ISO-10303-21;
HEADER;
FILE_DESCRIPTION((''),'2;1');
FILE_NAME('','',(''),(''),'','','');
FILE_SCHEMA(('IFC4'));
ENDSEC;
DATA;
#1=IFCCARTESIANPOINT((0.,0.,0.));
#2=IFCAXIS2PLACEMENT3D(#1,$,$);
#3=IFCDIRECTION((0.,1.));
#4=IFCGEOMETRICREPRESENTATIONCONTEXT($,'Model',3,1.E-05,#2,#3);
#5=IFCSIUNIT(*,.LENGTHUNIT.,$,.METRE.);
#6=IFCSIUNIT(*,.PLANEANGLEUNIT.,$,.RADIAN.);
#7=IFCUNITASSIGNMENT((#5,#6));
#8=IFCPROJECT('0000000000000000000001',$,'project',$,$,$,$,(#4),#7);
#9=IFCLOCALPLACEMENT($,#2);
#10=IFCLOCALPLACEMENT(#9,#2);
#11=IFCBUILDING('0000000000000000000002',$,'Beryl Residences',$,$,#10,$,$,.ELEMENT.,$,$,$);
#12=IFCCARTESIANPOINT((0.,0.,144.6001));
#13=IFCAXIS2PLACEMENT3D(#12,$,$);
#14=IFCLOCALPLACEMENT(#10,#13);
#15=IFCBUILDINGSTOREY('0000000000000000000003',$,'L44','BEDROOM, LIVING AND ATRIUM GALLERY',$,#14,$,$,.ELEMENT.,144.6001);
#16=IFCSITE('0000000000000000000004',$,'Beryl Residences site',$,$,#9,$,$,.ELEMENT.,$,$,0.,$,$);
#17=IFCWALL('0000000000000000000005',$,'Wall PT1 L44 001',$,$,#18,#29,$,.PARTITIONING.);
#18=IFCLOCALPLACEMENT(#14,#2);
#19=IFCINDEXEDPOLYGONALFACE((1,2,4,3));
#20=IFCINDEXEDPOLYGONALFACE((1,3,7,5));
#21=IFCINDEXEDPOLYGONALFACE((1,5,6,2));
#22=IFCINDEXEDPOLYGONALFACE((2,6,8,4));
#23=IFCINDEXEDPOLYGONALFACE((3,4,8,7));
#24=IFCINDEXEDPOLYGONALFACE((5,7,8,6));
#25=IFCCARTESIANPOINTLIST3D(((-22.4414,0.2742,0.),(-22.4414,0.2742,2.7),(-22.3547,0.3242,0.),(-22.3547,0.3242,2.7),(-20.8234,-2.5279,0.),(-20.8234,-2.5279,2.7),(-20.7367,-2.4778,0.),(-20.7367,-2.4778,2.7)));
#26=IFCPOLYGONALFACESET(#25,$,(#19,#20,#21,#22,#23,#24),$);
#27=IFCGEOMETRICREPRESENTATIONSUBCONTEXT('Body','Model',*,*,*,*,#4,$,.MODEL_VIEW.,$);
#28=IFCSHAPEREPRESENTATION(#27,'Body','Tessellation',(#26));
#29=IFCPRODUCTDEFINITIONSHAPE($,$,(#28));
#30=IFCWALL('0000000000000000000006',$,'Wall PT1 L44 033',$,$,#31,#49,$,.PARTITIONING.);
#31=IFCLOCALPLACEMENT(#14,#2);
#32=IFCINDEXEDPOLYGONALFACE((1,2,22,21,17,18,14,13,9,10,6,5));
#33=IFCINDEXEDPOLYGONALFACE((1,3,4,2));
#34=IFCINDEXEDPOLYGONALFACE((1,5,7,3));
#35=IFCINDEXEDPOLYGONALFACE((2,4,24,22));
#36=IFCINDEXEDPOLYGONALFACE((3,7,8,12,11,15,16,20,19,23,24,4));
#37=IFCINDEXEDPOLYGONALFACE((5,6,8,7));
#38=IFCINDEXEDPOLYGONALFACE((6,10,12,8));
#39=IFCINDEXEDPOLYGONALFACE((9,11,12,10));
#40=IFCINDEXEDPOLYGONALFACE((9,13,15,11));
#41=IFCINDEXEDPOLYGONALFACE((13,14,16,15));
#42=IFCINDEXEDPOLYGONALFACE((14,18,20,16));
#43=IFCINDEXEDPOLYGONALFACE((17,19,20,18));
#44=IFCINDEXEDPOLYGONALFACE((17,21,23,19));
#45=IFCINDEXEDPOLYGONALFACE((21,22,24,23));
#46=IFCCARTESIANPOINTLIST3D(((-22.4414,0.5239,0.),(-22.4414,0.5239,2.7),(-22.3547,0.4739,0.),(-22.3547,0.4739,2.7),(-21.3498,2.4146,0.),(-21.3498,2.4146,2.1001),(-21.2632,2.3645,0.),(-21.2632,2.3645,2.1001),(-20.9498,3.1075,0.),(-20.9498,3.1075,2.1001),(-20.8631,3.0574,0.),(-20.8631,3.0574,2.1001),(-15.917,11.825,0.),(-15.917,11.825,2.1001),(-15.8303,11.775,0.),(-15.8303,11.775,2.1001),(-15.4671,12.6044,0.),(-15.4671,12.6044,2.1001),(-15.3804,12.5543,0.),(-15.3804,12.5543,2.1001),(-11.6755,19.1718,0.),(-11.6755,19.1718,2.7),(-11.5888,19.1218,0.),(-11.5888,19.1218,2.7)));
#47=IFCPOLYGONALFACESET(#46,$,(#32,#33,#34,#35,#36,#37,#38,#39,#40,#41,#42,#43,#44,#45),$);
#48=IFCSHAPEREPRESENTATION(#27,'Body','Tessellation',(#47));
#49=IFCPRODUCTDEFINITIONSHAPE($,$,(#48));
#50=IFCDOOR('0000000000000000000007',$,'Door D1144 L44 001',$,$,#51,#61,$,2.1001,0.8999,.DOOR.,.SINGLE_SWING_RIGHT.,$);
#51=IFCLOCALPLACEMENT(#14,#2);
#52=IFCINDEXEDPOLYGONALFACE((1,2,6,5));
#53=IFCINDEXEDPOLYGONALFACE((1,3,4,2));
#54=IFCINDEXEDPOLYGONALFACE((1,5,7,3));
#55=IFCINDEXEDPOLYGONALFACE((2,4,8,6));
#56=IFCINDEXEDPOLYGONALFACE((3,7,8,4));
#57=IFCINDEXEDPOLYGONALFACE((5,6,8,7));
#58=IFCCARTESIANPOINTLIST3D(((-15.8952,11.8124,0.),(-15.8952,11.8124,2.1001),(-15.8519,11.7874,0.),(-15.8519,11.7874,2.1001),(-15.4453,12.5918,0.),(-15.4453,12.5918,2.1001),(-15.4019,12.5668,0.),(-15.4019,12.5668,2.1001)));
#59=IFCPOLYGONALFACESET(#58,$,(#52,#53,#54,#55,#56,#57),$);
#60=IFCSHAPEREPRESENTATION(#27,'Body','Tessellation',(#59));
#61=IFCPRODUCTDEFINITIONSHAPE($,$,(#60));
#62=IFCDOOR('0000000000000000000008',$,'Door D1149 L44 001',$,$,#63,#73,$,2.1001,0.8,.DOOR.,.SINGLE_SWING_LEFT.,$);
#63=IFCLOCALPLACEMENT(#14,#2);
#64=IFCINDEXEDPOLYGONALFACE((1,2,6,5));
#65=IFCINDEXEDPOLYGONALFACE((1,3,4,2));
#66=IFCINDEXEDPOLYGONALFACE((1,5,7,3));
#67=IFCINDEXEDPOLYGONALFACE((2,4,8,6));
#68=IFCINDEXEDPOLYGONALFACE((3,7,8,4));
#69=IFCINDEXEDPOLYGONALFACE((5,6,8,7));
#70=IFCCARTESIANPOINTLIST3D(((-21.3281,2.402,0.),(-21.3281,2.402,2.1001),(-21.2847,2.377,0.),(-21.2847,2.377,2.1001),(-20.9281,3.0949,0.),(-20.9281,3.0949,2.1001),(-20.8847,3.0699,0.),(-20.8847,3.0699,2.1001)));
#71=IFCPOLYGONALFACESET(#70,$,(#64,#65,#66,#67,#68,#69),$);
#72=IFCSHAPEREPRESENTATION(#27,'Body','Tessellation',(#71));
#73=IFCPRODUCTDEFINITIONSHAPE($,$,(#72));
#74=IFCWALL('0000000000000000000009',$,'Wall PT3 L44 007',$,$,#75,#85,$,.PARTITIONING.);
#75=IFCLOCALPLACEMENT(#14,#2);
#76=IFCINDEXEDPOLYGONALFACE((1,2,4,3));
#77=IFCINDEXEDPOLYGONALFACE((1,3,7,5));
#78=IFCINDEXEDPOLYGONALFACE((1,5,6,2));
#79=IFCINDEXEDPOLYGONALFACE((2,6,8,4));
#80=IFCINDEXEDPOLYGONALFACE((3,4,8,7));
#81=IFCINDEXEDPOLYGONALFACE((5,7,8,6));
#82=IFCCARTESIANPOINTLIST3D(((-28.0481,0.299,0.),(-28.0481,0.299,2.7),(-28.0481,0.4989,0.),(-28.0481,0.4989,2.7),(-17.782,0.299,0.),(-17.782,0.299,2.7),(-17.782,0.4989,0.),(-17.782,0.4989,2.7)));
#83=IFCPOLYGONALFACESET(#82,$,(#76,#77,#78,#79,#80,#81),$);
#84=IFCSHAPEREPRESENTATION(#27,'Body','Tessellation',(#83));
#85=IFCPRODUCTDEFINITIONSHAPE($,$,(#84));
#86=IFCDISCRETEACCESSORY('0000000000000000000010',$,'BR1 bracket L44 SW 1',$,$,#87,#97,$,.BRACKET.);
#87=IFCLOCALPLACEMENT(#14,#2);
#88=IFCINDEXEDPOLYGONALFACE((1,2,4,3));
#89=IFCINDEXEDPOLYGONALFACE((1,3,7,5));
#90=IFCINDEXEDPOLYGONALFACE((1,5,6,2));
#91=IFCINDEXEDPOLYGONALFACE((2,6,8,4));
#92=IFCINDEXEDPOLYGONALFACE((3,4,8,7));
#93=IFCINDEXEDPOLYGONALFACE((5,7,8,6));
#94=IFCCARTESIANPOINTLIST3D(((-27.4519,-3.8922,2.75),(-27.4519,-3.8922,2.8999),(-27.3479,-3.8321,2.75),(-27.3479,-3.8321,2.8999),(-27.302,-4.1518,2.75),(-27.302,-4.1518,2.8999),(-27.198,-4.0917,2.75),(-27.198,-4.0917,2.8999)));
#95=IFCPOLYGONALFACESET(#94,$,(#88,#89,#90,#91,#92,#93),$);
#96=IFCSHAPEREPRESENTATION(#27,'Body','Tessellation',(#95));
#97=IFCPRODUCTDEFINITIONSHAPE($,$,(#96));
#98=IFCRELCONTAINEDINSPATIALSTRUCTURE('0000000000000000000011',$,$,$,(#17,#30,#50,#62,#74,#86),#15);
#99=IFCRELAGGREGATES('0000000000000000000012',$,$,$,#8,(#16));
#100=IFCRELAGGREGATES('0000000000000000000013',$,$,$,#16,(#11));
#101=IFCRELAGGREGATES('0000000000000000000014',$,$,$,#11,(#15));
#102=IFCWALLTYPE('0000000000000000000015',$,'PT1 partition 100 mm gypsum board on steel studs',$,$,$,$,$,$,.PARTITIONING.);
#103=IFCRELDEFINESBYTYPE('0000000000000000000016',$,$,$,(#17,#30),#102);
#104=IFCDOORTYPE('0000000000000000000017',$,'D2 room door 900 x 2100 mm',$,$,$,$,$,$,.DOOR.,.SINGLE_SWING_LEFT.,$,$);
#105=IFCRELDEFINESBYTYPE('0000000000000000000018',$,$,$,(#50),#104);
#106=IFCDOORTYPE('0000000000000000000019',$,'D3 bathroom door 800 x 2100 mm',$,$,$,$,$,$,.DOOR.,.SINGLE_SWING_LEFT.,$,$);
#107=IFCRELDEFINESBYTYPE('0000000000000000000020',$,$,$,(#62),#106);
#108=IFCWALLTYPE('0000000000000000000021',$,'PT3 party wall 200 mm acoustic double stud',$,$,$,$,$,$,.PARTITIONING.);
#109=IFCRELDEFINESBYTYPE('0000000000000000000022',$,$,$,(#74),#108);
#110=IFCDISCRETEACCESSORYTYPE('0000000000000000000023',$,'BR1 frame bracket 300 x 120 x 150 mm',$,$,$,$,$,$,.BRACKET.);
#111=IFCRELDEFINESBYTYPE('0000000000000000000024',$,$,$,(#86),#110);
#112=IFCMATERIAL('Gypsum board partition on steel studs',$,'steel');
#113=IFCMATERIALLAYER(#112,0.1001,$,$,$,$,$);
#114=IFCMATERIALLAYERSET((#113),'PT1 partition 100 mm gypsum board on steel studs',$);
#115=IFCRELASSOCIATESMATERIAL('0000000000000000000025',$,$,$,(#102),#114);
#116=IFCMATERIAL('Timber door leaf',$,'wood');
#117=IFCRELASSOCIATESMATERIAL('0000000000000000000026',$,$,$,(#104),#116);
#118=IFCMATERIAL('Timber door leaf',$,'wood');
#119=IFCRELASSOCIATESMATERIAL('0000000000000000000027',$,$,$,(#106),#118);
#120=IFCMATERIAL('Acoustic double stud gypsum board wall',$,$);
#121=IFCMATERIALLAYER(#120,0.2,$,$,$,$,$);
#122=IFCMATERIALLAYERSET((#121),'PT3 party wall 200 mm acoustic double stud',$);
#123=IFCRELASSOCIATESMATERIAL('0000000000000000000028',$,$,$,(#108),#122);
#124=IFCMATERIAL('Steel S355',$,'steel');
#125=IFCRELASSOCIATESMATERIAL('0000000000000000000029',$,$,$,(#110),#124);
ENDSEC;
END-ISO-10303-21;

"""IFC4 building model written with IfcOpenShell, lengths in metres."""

from ifc_helpers import new_model, si_unit, direction, frame, frame_2d, origin, place, context, subcontext, project, spatial, polyline, rectangle, outline, extrude, source, transform, mapped, material, layer, layer_set, type_object, type_shapes, element, fill, save


model = new_model("IFC4")

# Units and contexts
model_context = context("Model", 3, precision=1e-05, world=origin(), true_north=direction((0.0, 1.0)))
body_context = subcontext(model_context, "Body", "Model", "MODEL_VIEW")
ifc_project = project(units=[si_unit("LENGTHUNIT", "METRE"), si_unit("PLANEANGLEUNIT", "RADIAN")], contexts=[model_context])

# Site, building, storey
site_placement = place(None, origin())
site = spatial("IfcSite", under=ifc_project, at=site_placement, Name="Beryl Residences site", CompositionType="ELEMENT", RefElevation=0.0)
building_placement = place(site_placement, origin())
building = spatial("IfcBuilding", under=site, at=building_placement, Name="Beryl Residences", CompositionType="ELEMENT")
storey_placement = place(building_placement, frame((0.0, 0.0, 144.6001)))
storey = spatial("IfcBuildingStorey", under=building, at=storey_placement, Name="L44", Description="BEDROOM, LIVING AND ATRIUM GALLERY", CompositionType="ELEMENT", Elevation=144.6001)

# Wall
ifc_material_1 = material(Name="Gypsum board partition on steel studs", Category="steel")
ifc_layer_1 = layer(ifc_material_1, 0.1001)
ifc_layer_set_1 = layer_set([ifc_layer_1], Name="PT1 partition 100 mm gypsum board on steel studs")
wall_type_1 = type_object("IfcWallType", Name="PT1 partition 100 mm gypsum board on steel studs", PredefinedType="PARTITIONING", material=ifc_layer_set_1)
wall_1_placement = place(storey_placement, frame((-22.3979, 0.2991, 0.0), z_axis=(0.0, 0.0, 1.0), x_axis=(0.500042, -0.866001, 0.0)))
element("IfcWall", 1, at=wall_1_placement, inside=storey, type_object=wall_type_1, Name="Wall PT1 L44 001", PredefinedType="PARTITIONING", context=body_context, shape_type="SweptSolid", body=[
    extrude(rectangle(XDim=3.2356, YDim=0.1001, at=frame_2d((1.6177, 0.0))), origin(), (0.0, 0.0, 1.0), 2.7),
])

# Wall, openings, doors
wall_2_placement = place(storey_placement, frame((-22.3979, 0.499, 0.0), z_axis=(0.0, 0.0, 1.0), x_axis=(0.499982, 0.866036, 0.0)))
wall_2 = element("IfcWall", 2, at=wall_2_placement, inside=storey, type_object=wall_type_1, Name="Wall PT1 L44 033", PredefinedType="PARTITIONING", context=body_context, shape_type="SweptSolid", body=[
    extrude(rectangle(XDim=21.5325, YDim=0.1001, at=frame_2d((10.7661, 0.0))), origin(), (0.0, 0.0, 1.0), 2.7),
])
opening_1_placement = place(wall_2_placement, frame((13.0491, 0.0, 0.0)))
opening_1 = element("IfcOpeningElement", 3, at=opening_1_placement, cuts=wall_2, PredefinedType="OPENING", context=body_context, shape_type="SweptSolid", body=[
    extrude(rectangle(XDim=0.8999, YDim=2.1001, at=frame_2d((0.45, 1.05))), frame((0.0, 0.0601, 0.0), z_axis=(0.0, -1.0, 0.0), x_axis=(1.0, 0.0, 0.0)), (0.0, 0.0, 1.0), 0.1201),
])
opening_2_placement = place(wall_2_placement, frame((2.1831, 0.0, 0.0)))
opening_2 = element("IfcOpeningElement", 4, at=opening_2_placement, cuts=wall_2, PredefinedType="OPENING", context=body_context, shape_type="SweptSolid", body=[
    extrude(rectangle(XDim=0.8, YDim=2.1001, at=frame_2d((0.3999, 1.05))), frame((0.0, 0.0601, 0.0), z_axis=(0.0, -1.0, 0.0), x_axis=(1.0, 0.0, 0.0)), (0.0, 0.0, 1.0), 0.1201),
])
ifc_material_2 = material(Name="Timber door leaf", Category="wood")
door_type_1 = type_object("IfcDoorType", Name="D2 room door 900 x 2100 mm", OperationType="SINGLE_SWING_LEFT", PredefinedType="DOOR", material=ifc_material_2)
door_1_placement = place(opening_1_placement, origin())
door_1 = element("IfcDoor", 5, at=door_1_placement, inside=storey, type_object=door_type_1, Name="Door D1144 L44 001", OperationType="SINGLE_SWING_RIGHT", OverallHeight=2.1001, OverallWidth=0.8999, PredefinedType="DOOR", context=body_context, shape_type="SweptSolid", body=[
    extrude(rectangle(XDim=0.8999, YDim=2.1001, at=frame_2d((0.45, 1.05))), frame((0.0, 0.0249, 0.0), z_axis=(0.0, -1.0, 0.0), x_axis=(1.0, 0.0, 0.0)), (0.0, 0.0, 1.0), 0.05),
])
fill(opening_1, door_1)
ifc_material_3 = material(Name="Timber door leaf", Category="wood")
door_type_2 = type_object("IfcDoorType", Name="D3 bathroom door 800 x 2100 mm", OperationType="SINGLE_SWING_LEFT", PredefinedType="DOOR", material=ifc_material_3)
door_2_placement = place(opening_2_placement, origin())
door_2 = element("IfcDoor", 6, at=door_2_placement, inside=storey, type_object=door_type_2, Name="Door D1149 L44 001", OperationType="SINGLE_SWING_LEFT", OverallHeight=2.1001, OverallWidth=0.8, PredefinedType="DOOR", context=body_context, shape_type="SweptSolid", body=[
    extrude(rectangle(XDim=0.8, YDim=2.1001, at=frame_2d((0.3999, 1.05))), frame((0.0, 0.0249, 0.0), z_axis=(0.0, -1.0, 0.0), x_axis=(1.0, 0.0, 0.0)), (0.0, 0.0, 1.0), 0.05),
])
fill(opening_2, door_2)

# Wall
ifc_material_4 = material(Name="Acoustic double stud gypsum board wall")
ifc_layer_2 = layer(ifc_material_4, 0.2)
ifc_layer_set_2 = layer_set([ifc_layer_2], Name="PT3 party wall 200 mm acoustic double stud")
wall_type_2 = type_object("IfcWallType", Name="PT3 party wall 200 mm acoustic double stud", PredefinedType="PARTITIONING", material=ifc_layer_set_2)
wall_3_placement = place(storey_placement, frame((-28.0481, 0.3989, 0.0), z_axis=(0.0, 0.0, 1.0), x_axis=(1.0, 0.0, 0.0)))
element("IfcWall", 7, at=wall_3_placement, inside=storey, type_object=wall_type_2, Name="Wall PT3 L44 007", PredefinedType="PARTITIONING", context=body_context, shape_type="SweptSolid", body=[
    extrude(rectangle(XDim=10.2661, YDim=0.2, at=frame_2d((5.1331, 0.0))), origin(), (0.0, 0.0, 1.0), 2.7),
])

# Discrete accessory
ifc_material_5 = material(Name="Steel S355", Category="steel")
discrete_accessory_type = type_object("IfcDiscreteAccessoryType", Name="BR1 frame bracket 300 x 120 x 150 mm", PredefinedType="BRACKET", material=ifc_material_5)
shared_shape_1 = source(origin(), body_context, "Body", "SweptSolid", [
    extrude(outline(polyline([(-0.1499, 0.0), (0.1499, 0.0), (0.1499, 0.1201), (-0.1499, 0.1201), (-0.1499, 0.0)])), origin(), (0.0, 0.0, 1.0), 0.1499),
])
type_shapes(discrete_accessory_type, [shared_shape_1])
discrete_accessory_placement = place(storey_placement, frame((-27.2729, -3.9619, 2.75), z_axis=(0.0, 0.0, 1.0), x_axis=(-0.5, 0.866025, 0.0)))
element("IfcDiscreteAccessory", 8, at=discrete_accessory_placement, inside=storey, type_object=discrete_accessory_type, Name="BR1 bracket L44 SW 1", PredefinedType="BRACKET", context=body_context, shape_type="MappedRepresentation", body=[
    mapped(shared_shape_1, transform((0.0, 0.0, 0.0))),
])

save(model, "model.ifc")
